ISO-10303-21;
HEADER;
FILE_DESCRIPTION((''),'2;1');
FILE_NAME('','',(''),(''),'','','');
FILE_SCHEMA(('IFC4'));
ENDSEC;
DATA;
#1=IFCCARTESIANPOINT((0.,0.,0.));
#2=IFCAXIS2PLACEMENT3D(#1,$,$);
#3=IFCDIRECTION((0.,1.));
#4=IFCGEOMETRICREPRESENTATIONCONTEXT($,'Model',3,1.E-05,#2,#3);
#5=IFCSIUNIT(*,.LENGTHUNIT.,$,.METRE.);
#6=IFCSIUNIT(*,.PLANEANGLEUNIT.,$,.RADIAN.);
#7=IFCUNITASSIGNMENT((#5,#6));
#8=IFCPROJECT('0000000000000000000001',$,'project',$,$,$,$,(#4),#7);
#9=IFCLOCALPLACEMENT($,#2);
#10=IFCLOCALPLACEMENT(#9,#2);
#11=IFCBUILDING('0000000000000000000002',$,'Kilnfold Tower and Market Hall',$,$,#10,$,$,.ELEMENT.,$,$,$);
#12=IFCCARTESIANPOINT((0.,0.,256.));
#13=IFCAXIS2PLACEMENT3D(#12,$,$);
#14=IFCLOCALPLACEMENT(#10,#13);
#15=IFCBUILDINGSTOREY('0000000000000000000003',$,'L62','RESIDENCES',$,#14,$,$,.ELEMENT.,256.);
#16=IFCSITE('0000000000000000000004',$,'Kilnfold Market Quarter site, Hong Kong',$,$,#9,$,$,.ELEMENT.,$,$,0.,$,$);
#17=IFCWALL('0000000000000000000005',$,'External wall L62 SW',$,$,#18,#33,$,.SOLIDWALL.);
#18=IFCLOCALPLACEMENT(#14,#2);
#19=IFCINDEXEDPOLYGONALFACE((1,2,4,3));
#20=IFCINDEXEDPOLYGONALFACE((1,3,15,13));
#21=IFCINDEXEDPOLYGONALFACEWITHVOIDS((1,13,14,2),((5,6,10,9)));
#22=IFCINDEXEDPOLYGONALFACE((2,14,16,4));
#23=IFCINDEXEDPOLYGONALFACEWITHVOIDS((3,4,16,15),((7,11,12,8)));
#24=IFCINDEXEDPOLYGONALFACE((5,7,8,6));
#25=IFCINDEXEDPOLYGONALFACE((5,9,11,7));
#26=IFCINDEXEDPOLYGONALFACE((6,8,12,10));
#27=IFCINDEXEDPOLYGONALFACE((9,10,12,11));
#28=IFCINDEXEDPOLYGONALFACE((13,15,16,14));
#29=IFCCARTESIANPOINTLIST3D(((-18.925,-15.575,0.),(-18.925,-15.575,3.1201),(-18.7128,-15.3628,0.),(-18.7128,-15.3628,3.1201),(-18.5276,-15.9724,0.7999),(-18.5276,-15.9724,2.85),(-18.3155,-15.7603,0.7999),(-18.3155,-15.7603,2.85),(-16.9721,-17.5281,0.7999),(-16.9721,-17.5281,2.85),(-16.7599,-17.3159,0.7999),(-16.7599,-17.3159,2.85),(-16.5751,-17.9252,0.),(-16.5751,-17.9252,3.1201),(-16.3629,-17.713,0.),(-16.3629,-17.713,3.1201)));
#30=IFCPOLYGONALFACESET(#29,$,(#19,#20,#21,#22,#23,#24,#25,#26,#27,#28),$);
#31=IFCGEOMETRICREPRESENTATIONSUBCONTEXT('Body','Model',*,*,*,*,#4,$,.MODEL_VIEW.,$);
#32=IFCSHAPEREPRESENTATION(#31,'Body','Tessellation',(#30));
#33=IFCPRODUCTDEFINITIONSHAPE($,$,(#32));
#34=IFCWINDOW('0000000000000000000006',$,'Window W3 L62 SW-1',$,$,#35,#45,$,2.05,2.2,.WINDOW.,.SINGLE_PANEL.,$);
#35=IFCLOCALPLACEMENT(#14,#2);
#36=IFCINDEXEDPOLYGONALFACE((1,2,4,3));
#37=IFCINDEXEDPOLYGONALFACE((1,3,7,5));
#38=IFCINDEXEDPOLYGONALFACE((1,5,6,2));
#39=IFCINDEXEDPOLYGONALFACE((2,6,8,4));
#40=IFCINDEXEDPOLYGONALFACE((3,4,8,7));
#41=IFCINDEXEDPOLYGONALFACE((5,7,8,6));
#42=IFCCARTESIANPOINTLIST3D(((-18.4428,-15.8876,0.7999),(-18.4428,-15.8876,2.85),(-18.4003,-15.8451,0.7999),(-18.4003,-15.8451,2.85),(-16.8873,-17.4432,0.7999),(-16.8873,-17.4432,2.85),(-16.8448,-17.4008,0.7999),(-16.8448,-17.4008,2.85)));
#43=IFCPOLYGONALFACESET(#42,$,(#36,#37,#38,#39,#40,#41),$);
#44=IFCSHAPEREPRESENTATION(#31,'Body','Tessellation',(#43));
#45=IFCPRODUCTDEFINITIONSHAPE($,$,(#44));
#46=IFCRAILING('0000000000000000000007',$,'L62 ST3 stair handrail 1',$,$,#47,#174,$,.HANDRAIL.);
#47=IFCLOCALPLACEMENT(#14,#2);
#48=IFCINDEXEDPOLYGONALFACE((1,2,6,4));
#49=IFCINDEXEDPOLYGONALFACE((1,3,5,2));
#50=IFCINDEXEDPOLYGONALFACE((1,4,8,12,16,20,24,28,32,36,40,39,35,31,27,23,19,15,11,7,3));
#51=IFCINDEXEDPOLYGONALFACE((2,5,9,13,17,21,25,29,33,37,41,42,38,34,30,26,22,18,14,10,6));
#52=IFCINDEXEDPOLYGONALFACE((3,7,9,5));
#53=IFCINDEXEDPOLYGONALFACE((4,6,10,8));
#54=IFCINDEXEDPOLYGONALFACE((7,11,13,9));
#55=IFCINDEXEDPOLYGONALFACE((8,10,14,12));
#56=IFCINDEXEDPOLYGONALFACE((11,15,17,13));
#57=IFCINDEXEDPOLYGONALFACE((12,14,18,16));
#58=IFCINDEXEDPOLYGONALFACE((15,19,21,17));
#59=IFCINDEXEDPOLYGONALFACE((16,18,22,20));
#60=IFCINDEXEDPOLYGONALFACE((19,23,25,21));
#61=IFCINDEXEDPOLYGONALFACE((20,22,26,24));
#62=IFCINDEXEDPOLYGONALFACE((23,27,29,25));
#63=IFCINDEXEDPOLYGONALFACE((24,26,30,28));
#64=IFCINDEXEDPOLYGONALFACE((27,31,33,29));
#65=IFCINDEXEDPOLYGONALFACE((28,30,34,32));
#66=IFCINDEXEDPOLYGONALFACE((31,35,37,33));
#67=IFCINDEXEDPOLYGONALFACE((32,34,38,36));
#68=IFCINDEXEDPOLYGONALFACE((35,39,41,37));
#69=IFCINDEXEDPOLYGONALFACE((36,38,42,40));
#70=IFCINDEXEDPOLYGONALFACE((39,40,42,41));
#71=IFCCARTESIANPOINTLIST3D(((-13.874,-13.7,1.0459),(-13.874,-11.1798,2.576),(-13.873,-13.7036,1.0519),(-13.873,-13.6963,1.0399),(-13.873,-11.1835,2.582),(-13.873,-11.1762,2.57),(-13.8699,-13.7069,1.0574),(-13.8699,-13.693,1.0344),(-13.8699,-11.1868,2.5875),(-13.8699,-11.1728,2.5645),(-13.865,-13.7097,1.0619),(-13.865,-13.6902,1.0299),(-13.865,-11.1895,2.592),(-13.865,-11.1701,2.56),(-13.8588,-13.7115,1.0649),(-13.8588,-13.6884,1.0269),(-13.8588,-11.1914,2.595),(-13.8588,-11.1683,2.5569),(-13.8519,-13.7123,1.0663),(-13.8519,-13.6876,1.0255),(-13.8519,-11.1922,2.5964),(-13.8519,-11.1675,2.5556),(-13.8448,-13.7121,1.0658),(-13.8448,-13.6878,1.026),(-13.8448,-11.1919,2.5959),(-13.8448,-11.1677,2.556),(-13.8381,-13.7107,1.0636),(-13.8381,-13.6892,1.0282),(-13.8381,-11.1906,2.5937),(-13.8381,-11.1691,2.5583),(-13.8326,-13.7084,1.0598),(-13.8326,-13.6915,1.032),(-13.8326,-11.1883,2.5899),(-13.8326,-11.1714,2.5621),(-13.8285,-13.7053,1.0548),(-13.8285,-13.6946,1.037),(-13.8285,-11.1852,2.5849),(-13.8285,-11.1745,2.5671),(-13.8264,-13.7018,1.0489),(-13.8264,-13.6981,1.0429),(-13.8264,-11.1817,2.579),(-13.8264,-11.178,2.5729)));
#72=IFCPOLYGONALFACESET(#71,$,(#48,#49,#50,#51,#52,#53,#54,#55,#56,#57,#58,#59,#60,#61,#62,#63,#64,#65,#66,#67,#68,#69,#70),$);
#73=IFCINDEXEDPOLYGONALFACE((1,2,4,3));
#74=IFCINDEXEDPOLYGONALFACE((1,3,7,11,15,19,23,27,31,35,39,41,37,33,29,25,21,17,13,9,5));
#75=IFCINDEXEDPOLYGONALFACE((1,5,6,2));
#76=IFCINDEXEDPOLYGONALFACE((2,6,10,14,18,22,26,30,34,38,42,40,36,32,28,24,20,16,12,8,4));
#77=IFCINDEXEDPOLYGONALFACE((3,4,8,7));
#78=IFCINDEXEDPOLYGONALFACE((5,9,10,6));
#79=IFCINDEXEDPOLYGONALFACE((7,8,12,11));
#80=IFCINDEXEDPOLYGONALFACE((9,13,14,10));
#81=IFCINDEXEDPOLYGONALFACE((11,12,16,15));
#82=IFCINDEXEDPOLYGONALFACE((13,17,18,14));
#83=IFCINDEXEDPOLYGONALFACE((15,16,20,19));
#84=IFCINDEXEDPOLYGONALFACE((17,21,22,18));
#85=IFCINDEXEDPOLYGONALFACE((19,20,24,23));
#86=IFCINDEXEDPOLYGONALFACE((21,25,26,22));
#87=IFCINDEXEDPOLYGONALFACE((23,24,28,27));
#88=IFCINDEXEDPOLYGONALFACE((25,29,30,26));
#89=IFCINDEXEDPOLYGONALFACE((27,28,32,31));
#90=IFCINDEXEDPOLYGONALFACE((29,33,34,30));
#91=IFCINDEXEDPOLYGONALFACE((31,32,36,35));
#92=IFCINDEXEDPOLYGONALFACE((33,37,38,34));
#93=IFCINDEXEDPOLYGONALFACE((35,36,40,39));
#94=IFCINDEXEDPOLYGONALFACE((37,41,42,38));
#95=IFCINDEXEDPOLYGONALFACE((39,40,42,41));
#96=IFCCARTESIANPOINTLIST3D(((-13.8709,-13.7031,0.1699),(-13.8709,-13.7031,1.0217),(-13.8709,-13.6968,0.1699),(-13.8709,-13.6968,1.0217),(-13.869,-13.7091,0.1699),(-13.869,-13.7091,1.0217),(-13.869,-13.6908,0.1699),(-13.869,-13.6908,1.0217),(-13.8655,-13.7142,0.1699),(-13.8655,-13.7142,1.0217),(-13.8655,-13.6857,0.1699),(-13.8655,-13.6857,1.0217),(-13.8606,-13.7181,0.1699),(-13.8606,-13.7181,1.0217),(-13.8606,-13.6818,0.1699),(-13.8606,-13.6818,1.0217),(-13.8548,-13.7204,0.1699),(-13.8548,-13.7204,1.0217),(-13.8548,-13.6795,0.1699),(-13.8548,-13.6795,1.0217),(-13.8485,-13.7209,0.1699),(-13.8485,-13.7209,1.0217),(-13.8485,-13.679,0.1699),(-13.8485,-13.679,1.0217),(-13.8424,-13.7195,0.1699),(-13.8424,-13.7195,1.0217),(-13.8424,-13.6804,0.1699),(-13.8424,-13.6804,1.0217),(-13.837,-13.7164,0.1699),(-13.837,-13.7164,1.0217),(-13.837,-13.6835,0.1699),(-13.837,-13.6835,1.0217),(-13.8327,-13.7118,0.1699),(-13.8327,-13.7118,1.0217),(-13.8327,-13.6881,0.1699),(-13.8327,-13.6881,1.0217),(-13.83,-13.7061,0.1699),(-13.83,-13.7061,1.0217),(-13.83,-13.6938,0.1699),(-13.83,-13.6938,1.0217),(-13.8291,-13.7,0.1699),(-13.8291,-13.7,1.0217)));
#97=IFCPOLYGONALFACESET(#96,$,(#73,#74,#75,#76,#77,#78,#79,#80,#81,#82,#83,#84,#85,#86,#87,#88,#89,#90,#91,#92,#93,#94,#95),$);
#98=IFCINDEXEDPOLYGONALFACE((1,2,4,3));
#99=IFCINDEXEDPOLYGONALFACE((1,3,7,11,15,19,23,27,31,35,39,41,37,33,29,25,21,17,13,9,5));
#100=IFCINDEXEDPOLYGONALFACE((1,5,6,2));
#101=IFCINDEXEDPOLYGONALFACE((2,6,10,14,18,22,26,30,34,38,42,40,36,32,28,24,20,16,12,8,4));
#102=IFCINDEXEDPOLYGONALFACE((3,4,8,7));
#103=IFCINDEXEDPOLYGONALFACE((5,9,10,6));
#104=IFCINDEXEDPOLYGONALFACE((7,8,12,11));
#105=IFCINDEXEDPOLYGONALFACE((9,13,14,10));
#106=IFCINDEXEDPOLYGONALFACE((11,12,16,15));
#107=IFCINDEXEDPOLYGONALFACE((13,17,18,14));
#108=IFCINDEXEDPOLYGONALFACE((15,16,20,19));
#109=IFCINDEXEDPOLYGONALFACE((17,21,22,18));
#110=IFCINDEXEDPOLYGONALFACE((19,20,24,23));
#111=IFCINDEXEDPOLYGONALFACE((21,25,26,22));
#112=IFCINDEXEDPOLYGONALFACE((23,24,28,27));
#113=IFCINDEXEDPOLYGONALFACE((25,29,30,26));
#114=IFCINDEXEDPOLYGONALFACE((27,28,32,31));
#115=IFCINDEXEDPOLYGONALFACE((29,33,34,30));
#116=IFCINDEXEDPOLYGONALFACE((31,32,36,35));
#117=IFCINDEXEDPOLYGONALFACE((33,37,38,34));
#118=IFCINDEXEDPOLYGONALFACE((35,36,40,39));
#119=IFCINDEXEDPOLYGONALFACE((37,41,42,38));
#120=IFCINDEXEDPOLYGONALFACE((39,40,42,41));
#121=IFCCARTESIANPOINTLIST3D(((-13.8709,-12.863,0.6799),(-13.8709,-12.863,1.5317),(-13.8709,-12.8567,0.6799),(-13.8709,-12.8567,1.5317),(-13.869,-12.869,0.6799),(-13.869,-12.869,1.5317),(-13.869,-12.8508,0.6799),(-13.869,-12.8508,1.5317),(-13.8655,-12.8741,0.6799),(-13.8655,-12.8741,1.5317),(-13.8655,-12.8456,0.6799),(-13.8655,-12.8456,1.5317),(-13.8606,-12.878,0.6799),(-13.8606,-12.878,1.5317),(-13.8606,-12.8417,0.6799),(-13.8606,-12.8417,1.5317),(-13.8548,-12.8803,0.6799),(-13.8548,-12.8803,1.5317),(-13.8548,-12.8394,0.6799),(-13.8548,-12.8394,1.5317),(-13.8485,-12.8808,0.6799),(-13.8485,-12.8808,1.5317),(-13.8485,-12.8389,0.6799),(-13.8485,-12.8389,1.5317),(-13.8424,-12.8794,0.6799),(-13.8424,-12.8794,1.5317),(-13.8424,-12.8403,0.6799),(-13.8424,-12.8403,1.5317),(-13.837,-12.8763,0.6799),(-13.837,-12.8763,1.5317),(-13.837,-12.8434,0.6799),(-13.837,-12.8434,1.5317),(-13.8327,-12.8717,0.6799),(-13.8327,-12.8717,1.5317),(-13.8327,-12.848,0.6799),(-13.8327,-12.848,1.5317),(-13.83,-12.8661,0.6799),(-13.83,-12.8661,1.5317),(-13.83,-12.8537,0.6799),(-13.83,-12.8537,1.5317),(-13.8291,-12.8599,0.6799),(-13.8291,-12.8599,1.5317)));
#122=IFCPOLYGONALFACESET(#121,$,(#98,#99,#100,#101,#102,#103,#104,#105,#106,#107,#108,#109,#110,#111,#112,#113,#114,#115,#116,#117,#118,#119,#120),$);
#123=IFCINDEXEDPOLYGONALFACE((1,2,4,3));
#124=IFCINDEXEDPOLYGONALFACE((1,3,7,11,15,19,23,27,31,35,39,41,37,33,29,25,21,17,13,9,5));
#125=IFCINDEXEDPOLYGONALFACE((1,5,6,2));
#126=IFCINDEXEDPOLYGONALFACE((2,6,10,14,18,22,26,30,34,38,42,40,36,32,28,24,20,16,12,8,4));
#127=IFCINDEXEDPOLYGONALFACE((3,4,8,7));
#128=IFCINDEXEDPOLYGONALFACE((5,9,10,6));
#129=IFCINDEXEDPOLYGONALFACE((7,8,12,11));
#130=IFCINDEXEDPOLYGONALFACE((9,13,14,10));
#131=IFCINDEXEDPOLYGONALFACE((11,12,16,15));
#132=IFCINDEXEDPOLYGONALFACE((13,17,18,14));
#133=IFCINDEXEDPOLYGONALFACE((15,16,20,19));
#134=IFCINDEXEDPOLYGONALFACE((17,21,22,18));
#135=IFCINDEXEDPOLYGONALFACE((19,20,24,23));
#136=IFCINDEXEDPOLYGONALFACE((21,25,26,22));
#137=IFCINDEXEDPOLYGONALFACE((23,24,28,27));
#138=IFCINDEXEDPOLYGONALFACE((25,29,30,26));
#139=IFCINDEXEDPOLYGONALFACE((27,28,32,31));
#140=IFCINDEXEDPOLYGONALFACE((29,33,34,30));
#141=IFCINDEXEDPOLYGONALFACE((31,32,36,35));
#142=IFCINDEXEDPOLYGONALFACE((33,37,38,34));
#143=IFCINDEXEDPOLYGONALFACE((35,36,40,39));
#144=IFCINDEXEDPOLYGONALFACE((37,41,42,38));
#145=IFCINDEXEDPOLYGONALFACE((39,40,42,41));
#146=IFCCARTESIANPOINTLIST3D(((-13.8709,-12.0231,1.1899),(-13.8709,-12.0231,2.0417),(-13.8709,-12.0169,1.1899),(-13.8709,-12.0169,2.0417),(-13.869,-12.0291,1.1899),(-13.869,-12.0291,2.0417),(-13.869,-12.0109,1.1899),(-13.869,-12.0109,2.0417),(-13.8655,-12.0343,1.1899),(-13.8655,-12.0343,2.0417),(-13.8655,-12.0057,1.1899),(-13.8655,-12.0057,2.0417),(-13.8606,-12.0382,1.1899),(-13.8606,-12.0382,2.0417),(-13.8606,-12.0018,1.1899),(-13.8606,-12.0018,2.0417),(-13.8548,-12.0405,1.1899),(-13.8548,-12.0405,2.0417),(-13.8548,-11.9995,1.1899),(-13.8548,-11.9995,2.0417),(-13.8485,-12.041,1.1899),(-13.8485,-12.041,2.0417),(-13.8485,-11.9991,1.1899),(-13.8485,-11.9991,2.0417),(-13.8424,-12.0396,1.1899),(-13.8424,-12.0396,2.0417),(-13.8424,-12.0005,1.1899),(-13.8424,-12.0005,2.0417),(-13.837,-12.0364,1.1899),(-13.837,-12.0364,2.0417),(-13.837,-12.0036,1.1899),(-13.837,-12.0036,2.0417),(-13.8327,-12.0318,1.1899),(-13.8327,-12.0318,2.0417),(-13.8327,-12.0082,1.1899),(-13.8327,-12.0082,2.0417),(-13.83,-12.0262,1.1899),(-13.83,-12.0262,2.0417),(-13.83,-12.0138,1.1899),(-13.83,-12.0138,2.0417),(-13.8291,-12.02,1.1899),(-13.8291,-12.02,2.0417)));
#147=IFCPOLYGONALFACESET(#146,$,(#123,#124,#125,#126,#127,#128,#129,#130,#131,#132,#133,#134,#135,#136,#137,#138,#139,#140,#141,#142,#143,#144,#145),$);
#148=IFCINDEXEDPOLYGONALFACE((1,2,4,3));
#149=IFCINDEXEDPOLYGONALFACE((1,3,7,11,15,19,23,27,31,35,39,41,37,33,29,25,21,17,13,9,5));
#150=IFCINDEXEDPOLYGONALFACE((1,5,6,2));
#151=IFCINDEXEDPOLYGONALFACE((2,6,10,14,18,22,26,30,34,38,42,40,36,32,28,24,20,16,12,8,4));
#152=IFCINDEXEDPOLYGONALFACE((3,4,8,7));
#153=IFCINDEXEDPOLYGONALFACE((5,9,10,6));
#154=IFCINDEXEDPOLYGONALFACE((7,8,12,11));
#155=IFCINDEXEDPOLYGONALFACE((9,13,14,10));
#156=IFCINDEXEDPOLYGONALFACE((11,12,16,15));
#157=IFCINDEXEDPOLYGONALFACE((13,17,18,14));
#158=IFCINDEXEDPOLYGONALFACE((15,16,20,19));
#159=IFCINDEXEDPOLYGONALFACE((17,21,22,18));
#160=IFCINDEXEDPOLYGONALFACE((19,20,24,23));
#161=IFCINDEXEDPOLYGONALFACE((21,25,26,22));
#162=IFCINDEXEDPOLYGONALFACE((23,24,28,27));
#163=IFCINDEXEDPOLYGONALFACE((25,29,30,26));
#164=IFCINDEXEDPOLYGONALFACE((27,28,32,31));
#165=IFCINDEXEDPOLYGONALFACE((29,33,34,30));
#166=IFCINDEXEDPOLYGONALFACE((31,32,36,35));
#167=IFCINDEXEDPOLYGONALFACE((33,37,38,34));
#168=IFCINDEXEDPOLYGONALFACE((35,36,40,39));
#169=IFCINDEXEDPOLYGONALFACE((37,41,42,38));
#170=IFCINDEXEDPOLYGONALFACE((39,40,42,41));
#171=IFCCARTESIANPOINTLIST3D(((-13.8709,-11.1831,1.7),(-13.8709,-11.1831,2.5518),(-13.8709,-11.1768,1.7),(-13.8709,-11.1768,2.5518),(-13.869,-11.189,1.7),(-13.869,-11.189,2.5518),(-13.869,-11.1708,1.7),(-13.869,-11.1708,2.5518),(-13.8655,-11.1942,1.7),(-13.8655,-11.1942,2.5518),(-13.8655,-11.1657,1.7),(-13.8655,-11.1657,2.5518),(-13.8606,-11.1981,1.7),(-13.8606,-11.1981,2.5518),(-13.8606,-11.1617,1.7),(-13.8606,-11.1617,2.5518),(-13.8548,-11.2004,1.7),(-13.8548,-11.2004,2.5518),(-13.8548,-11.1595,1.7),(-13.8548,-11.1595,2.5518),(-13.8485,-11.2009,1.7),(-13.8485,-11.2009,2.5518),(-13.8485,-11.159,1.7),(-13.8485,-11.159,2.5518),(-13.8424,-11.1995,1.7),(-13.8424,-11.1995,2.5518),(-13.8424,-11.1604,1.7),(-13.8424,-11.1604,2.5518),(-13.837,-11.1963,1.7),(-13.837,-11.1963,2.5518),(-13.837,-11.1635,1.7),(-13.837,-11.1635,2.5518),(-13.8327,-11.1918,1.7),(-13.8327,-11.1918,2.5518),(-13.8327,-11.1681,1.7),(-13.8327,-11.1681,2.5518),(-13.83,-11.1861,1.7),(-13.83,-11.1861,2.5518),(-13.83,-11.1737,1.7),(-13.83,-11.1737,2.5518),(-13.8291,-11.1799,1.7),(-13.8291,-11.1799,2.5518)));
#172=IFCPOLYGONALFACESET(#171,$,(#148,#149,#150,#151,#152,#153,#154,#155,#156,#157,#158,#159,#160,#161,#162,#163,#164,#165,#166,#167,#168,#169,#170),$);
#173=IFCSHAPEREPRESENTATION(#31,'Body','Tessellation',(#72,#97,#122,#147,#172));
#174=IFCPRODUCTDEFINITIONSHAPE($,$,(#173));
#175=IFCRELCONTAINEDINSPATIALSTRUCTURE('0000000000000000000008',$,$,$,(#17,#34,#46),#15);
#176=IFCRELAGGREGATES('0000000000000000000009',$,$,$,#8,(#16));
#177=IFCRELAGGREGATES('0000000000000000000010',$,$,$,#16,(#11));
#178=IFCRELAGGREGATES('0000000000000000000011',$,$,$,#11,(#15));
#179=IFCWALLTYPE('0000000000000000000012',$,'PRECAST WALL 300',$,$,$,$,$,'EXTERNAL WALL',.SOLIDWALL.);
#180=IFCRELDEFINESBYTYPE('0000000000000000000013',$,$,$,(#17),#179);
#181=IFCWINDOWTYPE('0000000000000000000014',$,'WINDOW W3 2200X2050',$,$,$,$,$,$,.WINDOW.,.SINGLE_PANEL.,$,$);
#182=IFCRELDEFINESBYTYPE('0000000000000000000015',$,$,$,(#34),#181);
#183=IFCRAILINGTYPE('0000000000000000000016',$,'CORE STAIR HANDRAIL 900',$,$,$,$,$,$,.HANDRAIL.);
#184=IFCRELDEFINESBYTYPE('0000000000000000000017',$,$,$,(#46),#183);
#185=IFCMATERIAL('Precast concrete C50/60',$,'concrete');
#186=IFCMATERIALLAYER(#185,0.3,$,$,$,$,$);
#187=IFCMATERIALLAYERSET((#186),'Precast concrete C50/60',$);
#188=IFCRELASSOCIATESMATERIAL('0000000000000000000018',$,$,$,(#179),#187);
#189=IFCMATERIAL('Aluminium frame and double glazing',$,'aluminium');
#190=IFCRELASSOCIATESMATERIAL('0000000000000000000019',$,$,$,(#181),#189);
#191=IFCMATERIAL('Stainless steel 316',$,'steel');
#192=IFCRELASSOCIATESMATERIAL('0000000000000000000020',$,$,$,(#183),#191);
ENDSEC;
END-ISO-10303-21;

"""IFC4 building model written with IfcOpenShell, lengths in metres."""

from ifc_helpers import new_model, si_unit, direction, frame, frame_2d, origin, origin_2d, place, context, subcontext, project, spatial, rectangle, circle, extrude, source, transform, mapped, material, layer, layer_set, type_object, element, fill, save


model = new_model("IFC4")

# Units and contexts
model_context = context("Model", 3, precision=1e-05, world=origin(), true_north=direction((0.0, 1.0)))
body_context = subcontext(model_context, "Body", "Model", "MODEL_VIEW")
ifc_project = project(units=[si_unit("LENGTHUNIT", "METRE"), si_unit("PLANEANGLEUNIT", "RADIAN")], contexts=[model_context])

# Site, building, storey
site_placement = place(None, origin())
site = spatial("IfcSite", under=ifc_project, at=site_placement, Name="Kilnfold Market Quarter site, Hong Kong", CompositionType="ELEMENT", RefElevation=0.0)
building_placement = place(site_placement, origin())
building = spatial("IfcBuilding", under=site, at=building_placement, Name="Kilnfold Tower and Market Hall", CompositionType="ELEMENT")
storey_placement = place(building_placement, frame((0.0, 0.0, 256.0)))
storey = spatial("IfcBuildingStorey", under=building, at=storey_placement, Name="L62", Description="RESIDENCES", CompositionType="ELEMENT", Elevation=256.0)

# Shared definitions
ifc_material_1 = material(Name="Precast concrete C50/60", Category="concrete")
ifc_layer_1 = layer(ifc_material_1, 0.3)
ifc_layer_set_1 = layer_set([ifc_layer_1], Name="Precast concrete C50/60")
wall_type_1 = type_object("IfcWallType", Name="PRECAST WALL 300", ElementType="EXTERNAL WALL", PredefinedType="SOLIDWALL", material=ifc_layer_set_1)

# Wall, opening, window
shared_shape_1 = source(origin(), body_context, "Body", "SweptSolid", [
    extrude(rectangle(XDim=3.3235, YDim=0.3, at=frame_2d((1.6616, 0.0))), origin(), (0.0, 0.0, 1.0), 3.1201),
])
wall_1_placement = place(storey_placement, frame((-18.8188, -15.469, 0.0), z_axis=(0.0, 0.0, 1.0), x_axis=(0.70707, -0.707144, 0.0)))
wall_1 = element("IfcWall", 1, at=wall_1_placement, inside=storey, type_object=wall_type_1, Name="External wall L62 SW", PredefinedType="SOLIDWALL", context=body_context, shape_type="MappedRepresentation", body=[
    mapped(shared_shape_1, transform((0.0, 0.0, 0.0))),
])
opening_1_placement = place(wall_1_placement, frame((0.5618, 0.0, 0.8)))
opening_1 = element("IfcOpeningElement", 2, at=opening_1_placement, cuts=wall_1, PredefinedType="OPENING", context=body_context, shape_type="SweptSolid", body=[
    extrude(rectangle(XDim=2.2, YDim=2.05, at=frame_2d((1.1001, 1.0249))), frame((0.0, 0.1602, 0.0), z_axis=(0.0, -1.0, 0.0), x_axis=(1.0, 0.0, 0.0)), (0.0, 0.0, 1.0), 0.3201),
])
ifc_material_2 = material(Name="Aluminium frame and double glazing", Category="aluminium")
window_type_1 = type_object("IfcWindowType", Name="WINDOW W3 2200X2050", PartitioningType="SINGLE_PANEL", PredefinedType="WINDOW", material=ifc_material_2)
window_1_placement = place(opening_1_placement, origin())
window_1 = element("IfcWindow", 3, at=window_1_placement, inside=storey, type_object=window_type_1, Name="Window W3 L62 SW-1", OverallHeight=2.05, OverallWidth=2.2, PartitioningType="SINGLE_PANEL", PredefinedType="WINDOW", context=body_context, shape_type="SweptSolid", body=[
    extrude(rectangle(XDim=2.2, YDim=2.05, at=frame_2d((1.1001, 1.0249))), frame((0.0, 0.03, 0.0), z_axis=(0.0, -1.0, 0.0), x_axis=(1.0, 0.0, 0.0)), (0.0, 0.0, 1.0), 0.0601),
])
fill(opening_1, window_1)

# Railing
ifc_material_3 = material(Name="Stainless steel 316", Category="steel")
railing_type_1 = type_object("IfcRailingType", Name="CORE STAIR HANDRAIL 900", PredefinedType="HANDRAIL", material=ifc_material_3)
railing_1_placement = place(storey_placement, frame((-13.8501, -13.7, 0.1699)))
element("IfcRailing", 4, at=railing_1_placement, inside=storey, type_object=railing_type_1, Name="L62 ST3 stair handrail 1", PredefinedType="HANDRAIL", context=body_context, shape_type="SweptSolid", body=[
    extrude(circle(Radius=0.0239, at=origin_2d()), frame((0.0, 0.0, 0.876), z_axis=(0.0, 0.854785, 0.518982), x_axis=(-1.0, 0.0, 0.0)), (0.0, 0.0, 1.0), 2.9482),
    extrude(circle(Radius=0.021, at=origin_2d()), origin(), (0.0, 0.0, 1.0), 0.8518),
    extrude(circle(Radius=0.021, at=origin_2d()), frame((0.0, 0.8401, 0.51)), (0.0, 0.0, 1.0), 0.8518),
    extrude(circle(Radius=0.021, at=origin_2d()), frame((0.0, 1.6799, 1.02)), (0.0, 0.0, 1.0), 0.8518),
    extrude(circle(Radius=0.021, at=origin_2d()), frame((0.0, 2.52, 1.53)), (0.0, 0.0, 1.0), 0.8518),
])

save(model, "model.ifc")
